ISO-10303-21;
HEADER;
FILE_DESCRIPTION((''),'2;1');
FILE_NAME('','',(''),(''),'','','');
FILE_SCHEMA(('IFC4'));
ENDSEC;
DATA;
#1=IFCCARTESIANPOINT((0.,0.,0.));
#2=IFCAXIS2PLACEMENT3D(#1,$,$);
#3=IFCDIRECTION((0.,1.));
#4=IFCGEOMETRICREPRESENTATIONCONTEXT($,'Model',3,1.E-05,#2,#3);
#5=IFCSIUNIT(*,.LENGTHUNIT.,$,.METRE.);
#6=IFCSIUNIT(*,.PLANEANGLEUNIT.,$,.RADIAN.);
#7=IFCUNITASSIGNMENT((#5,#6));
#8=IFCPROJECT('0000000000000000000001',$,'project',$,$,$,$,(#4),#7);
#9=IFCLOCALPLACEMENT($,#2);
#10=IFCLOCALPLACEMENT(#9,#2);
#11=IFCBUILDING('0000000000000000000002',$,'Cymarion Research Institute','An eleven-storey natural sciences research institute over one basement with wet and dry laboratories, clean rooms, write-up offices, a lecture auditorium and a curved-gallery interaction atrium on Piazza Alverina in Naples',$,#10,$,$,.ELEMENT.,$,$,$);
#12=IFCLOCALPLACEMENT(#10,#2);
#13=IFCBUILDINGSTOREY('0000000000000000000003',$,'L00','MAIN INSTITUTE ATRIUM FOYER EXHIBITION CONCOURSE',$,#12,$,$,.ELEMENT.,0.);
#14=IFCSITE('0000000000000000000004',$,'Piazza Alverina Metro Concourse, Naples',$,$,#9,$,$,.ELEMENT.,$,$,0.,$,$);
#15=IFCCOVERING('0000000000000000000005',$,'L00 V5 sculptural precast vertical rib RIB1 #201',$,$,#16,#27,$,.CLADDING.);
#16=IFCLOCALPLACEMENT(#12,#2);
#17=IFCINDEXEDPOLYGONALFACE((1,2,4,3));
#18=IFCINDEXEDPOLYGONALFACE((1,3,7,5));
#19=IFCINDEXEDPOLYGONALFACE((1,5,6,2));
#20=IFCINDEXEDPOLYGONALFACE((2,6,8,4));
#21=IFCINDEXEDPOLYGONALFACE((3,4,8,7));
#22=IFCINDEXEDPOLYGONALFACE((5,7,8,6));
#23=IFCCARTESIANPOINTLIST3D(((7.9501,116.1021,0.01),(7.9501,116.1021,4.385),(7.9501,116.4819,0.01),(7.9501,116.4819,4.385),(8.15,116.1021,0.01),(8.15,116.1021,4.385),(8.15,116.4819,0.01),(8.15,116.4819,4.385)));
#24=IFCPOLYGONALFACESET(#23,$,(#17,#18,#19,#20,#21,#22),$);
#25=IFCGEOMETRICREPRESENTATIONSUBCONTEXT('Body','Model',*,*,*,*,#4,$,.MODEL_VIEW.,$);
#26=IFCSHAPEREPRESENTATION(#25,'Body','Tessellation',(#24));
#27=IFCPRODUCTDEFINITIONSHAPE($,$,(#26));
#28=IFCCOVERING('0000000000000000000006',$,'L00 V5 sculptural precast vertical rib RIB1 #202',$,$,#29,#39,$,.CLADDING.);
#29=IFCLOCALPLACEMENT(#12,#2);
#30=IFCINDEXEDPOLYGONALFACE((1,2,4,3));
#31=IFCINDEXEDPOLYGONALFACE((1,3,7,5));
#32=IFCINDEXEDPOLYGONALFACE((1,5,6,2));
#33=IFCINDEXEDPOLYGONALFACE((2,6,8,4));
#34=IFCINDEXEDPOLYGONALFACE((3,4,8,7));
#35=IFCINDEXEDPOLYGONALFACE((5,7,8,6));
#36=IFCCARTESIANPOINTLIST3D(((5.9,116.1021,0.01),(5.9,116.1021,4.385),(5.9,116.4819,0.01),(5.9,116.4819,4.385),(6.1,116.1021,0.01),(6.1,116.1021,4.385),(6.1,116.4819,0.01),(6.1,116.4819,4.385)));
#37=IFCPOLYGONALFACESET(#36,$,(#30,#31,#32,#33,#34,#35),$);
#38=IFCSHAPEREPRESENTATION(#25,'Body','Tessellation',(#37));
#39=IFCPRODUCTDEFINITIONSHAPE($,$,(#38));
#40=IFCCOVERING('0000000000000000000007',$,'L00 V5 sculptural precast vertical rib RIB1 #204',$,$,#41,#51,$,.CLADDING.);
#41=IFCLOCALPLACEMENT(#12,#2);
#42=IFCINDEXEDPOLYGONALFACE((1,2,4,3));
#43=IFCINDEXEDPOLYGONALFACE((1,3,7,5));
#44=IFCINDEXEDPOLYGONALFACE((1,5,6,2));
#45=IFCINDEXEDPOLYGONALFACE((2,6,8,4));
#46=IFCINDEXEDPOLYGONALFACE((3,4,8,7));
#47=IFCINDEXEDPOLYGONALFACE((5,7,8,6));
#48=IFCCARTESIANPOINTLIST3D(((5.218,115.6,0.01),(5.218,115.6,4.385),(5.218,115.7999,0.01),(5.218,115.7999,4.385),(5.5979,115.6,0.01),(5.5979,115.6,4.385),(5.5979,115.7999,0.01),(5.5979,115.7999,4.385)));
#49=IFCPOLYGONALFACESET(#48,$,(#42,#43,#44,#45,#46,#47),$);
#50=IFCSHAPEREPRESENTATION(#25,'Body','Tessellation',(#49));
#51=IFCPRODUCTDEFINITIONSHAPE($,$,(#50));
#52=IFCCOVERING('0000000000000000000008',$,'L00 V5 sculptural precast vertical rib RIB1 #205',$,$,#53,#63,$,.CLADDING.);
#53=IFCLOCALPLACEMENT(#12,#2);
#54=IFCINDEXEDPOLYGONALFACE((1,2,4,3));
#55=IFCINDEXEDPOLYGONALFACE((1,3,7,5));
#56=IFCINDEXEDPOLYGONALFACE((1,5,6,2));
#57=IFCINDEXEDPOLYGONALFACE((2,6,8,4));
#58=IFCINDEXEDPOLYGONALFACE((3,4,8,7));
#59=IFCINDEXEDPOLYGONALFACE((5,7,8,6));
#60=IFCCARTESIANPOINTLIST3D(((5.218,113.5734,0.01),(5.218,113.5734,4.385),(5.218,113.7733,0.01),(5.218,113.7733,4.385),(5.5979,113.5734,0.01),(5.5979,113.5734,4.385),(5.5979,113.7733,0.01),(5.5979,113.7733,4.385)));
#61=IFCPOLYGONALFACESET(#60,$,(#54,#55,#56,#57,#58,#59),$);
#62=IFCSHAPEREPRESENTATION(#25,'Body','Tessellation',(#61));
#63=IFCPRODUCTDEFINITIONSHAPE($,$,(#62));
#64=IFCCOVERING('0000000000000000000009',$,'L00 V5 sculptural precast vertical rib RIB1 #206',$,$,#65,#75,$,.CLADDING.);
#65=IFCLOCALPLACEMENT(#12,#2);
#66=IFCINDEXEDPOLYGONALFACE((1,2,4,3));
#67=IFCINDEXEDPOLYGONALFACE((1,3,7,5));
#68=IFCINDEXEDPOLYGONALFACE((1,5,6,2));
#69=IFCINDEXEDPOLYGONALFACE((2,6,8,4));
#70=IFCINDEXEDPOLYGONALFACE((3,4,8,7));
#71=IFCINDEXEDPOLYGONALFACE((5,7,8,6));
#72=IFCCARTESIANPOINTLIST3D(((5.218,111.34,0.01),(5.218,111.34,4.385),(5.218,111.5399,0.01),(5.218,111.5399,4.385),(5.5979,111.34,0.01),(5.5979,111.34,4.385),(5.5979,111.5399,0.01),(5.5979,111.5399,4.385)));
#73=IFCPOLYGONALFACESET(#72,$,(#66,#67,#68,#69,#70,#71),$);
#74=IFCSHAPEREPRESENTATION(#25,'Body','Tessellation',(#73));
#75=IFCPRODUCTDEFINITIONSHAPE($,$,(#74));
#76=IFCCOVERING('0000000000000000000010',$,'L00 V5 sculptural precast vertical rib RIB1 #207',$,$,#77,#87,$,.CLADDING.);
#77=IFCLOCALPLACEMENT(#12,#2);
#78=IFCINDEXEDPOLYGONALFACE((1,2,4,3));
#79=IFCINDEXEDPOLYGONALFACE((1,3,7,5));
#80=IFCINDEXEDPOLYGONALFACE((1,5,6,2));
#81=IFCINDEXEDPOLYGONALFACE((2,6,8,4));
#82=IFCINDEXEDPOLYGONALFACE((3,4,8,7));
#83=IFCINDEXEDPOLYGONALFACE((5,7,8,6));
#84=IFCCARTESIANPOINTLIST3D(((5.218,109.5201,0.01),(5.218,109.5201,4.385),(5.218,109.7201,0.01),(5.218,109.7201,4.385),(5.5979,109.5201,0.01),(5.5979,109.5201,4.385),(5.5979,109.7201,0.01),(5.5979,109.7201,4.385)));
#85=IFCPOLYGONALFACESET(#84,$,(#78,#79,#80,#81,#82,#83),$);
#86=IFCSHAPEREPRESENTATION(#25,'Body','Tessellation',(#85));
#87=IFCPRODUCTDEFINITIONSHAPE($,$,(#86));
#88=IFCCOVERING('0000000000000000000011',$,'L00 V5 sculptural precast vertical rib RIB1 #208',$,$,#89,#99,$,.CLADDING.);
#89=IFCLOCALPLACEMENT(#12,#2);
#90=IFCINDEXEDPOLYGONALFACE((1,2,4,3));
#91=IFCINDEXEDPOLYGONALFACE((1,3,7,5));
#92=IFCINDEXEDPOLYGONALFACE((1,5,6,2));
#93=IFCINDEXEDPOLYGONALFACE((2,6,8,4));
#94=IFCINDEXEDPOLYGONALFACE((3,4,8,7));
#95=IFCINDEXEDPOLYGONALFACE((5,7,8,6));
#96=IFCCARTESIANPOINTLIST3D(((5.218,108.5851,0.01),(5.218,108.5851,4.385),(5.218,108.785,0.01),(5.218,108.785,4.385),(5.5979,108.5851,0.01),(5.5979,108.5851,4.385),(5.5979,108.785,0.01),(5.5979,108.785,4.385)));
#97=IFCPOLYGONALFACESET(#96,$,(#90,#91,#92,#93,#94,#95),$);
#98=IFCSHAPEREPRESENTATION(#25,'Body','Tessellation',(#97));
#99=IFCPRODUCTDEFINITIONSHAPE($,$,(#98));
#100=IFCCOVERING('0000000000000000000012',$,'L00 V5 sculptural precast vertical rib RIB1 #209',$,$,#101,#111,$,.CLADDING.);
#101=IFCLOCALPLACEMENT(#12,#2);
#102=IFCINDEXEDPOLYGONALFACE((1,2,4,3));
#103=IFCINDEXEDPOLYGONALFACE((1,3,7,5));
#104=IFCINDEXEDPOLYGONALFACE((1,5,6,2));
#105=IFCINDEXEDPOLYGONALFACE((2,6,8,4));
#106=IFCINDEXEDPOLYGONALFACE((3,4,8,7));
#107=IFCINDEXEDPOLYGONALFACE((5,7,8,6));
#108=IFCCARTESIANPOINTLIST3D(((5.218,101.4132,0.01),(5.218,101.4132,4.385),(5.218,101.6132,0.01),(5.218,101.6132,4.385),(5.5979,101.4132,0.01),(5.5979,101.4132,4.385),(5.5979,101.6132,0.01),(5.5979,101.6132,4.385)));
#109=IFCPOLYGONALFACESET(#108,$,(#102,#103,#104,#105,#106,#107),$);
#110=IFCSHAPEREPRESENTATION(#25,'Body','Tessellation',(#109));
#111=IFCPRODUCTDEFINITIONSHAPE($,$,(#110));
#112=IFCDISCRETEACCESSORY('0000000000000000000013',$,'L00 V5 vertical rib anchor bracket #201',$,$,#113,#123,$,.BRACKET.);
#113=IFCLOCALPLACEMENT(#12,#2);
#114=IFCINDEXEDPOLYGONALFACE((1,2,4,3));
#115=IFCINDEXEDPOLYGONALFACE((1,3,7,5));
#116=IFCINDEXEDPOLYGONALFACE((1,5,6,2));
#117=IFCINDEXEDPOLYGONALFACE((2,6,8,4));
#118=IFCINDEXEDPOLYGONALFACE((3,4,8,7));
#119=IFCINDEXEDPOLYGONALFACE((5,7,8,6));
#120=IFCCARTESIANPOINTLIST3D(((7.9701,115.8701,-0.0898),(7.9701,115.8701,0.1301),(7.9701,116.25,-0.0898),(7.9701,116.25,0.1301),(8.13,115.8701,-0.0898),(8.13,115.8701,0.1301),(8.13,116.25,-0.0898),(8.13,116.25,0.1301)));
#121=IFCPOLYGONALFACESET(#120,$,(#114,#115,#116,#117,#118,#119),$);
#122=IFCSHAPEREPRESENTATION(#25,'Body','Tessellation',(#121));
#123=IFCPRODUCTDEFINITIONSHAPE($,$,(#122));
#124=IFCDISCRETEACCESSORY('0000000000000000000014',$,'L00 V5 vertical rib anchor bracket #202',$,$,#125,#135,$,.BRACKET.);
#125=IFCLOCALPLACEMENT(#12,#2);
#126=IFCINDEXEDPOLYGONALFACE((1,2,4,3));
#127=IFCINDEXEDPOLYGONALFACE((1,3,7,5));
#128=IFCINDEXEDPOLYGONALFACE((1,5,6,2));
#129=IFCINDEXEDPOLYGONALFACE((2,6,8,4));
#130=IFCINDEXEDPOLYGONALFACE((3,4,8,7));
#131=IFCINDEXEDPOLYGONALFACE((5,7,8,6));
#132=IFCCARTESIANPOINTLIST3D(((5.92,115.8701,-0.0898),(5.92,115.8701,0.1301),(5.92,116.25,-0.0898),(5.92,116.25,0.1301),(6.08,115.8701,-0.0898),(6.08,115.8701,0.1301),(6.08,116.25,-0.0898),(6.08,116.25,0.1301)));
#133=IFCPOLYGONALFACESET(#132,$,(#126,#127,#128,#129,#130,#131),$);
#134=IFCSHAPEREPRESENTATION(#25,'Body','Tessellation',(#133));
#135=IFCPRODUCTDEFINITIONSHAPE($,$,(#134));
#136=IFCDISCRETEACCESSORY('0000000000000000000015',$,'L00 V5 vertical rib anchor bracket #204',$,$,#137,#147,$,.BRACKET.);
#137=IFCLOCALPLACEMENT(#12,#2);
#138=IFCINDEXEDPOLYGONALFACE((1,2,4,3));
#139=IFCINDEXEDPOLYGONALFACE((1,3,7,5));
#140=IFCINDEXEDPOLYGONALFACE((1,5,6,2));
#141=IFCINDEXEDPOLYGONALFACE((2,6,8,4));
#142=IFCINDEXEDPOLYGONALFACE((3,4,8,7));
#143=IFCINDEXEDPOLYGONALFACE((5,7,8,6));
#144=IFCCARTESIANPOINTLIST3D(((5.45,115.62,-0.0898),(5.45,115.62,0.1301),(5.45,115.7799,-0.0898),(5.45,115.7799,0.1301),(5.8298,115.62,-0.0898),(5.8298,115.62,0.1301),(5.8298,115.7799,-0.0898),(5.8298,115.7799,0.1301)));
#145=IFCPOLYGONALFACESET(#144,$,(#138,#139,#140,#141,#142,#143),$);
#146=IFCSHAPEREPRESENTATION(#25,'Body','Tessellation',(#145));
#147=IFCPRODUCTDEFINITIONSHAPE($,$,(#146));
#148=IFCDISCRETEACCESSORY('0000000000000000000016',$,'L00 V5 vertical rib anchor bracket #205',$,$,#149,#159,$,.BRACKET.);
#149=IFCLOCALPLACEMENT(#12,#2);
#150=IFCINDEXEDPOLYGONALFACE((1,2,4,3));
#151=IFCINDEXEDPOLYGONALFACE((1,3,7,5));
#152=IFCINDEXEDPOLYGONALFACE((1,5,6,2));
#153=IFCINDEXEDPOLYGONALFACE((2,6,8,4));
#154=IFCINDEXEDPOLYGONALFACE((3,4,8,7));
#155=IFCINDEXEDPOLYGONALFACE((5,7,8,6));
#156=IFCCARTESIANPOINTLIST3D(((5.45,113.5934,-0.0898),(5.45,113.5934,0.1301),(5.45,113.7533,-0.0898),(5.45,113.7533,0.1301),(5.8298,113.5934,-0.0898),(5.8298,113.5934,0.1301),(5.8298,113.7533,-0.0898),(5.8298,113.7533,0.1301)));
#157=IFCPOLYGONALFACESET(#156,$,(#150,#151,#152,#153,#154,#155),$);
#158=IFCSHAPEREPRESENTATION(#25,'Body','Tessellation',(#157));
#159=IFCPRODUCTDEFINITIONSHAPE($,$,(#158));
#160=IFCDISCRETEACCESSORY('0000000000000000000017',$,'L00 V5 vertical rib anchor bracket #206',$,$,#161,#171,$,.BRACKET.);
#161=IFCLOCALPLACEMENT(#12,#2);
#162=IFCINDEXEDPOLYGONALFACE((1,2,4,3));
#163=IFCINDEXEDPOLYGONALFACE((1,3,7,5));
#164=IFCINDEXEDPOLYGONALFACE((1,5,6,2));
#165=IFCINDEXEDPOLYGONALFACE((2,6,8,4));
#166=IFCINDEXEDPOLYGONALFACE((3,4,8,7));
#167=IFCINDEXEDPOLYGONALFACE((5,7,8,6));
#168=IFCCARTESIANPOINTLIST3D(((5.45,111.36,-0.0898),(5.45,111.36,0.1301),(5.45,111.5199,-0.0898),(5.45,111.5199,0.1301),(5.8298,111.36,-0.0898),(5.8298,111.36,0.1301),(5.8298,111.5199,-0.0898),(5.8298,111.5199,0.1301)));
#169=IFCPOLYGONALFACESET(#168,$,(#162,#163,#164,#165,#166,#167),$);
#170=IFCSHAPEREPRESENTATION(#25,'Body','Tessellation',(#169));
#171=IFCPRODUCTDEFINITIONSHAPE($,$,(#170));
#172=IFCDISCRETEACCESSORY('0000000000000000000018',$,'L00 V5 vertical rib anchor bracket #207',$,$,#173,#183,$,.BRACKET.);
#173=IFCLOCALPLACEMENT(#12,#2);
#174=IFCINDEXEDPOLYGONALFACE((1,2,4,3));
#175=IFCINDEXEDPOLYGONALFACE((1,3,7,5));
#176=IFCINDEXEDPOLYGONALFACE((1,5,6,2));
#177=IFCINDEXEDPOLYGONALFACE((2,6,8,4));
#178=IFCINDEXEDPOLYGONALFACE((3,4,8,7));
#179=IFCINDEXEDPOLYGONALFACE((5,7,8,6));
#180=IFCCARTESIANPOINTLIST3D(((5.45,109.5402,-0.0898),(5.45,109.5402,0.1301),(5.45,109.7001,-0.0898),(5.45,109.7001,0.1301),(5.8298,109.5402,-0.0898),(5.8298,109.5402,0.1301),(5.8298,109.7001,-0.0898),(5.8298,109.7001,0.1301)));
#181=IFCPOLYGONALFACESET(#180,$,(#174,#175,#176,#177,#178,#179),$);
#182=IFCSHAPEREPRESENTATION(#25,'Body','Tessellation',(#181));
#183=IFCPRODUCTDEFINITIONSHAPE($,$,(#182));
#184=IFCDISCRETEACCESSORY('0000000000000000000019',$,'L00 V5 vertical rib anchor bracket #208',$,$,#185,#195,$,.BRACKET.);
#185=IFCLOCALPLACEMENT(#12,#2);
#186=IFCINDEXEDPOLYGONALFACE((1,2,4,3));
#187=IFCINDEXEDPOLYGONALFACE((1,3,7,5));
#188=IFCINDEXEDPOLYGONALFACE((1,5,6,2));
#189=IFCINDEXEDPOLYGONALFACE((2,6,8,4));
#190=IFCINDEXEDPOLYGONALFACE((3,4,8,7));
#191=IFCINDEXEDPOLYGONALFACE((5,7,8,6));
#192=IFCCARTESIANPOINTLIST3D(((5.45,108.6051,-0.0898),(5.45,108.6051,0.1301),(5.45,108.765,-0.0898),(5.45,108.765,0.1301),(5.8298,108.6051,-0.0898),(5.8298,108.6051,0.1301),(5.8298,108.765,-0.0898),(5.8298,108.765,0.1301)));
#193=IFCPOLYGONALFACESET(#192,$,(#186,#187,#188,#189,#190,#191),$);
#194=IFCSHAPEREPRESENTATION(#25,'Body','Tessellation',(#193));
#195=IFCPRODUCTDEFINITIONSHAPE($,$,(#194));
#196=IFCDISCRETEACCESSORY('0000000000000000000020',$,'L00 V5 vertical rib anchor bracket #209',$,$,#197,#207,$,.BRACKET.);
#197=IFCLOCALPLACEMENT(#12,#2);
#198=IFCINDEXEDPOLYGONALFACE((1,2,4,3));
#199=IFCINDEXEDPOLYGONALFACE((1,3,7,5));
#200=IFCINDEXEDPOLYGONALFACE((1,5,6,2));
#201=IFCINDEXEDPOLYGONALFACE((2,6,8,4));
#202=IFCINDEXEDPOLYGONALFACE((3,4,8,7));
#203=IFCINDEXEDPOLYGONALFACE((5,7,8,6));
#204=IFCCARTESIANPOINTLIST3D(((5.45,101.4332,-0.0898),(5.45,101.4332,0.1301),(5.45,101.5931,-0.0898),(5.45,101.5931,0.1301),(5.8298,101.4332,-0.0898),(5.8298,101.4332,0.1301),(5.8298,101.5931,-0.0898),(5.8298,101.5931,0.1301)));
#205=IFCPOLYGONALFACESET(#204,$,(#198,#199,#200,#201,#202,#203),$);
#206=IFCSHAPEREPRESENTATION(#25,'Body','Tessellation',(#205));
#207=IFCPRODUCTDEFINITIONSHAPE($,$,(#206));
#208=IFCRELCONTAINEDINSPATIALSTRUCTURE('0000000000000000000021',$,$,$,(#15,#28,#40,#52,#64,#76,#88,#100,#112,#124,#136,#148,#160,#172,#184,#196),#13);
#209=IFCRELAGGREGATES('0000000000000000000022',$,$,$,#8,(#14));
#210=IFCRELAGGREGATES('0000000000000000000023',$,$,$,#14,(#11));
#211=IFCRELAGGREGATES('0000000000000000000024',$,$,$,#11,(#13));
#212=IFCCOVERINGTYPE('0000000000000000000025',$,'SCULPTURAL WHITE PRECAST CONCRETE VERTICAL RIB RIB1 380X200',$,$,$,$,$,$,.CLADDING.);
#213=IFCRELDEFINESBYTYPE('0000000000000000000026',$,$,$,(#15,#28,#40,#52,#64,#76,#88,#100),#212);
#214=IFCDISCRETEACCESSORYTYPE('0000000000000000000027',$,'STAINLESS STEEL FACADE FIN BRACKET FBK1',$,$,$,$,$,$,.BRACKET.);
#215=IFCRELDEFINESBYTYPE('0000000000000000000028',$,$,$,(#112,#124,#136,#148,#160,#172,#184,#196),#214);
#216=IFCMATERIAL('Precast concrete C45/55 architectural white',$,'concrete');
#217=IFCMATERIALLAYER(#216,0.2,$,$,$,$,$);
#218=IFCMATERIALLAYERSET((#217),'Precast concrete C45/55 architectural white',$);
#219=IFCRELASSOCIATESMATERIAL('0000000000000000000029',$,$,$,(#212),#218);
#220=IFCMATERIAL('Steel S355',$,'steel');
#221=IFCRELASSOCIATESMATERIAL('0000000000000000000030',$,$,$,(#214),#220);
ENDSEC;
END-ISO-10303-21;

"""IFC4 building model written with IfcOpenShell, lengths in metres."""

from ifc_helpers import new_model, si_unit, direction, frame, origin, origin_2d, place, context, subcontext, project, spatial, rectangle, extrude, material, layer, layer_set, type_object, element, save


model = new_model("IFC4")

# Units and contexts
model_context = context("Model", 3, precision=1e-05, world=origin(), true_north=direction((0.0, 1.0)))
body_context = subcontext(model_context, "Body", "Model", "MODEL_VIEW")
ifc_project = project(units=[si_unit("LENGTHUNIT", "METRE"), si_unit("PLANEANGLEUNIT", "RADIAN")], contexts=[model_context])

# Site, building, storey
site_placement = place(None, origin())
site = spatial("IfcSite", under=ifc_project, at=site_placement, Name="Piazza Alverina Metro Concourse, Naples", CompositionType="ELEMENT", RefElevation=0.0)
building_placement = place(site_placement, origin())
building = spatial("IfcBuilding", under=site, at=building_placement, Name="Cymarion Research Institute", Description="An eleven-storey natural sciences research institute over one basement with wet and dry laboratories, clean rooms, write-up offices, a lecture auditorium and a curved-gallery interaction atrium on Piazza Alverina in Naples", CompositionType="ELEMENT")
storey_placement = place(building_placement, origin())
storey = spatial("IfcBuildingStorey", under=building, at=storey_placement, Name="L00", Description="MAIN INSTITUTE ATRIUM FOYER EXHIBITION CONCOURSE", CompositionType="ELEMENT", Elevation=0.0)

# Shared definitions
ifc_material_1 = material(Name="Steel S355", Category="steel")

# Coverings
ifc_material_2 = material(Name="Precast concrete C45/55 architectural white", Category="concrete")
ifc_layer_1 = layer(ifc_material_2, 0.2)
ifc_layer_set_1 = layer_set([ifc_layer_1], Name="Precast concrete C45/55 architectural white")
covering_type = type_object("IfcCoveringType", Name="SCULPTURAL WHITE PRECAST CONCRETE VERTICAL RIB RIB1 380X200", PredefinedType="CLADDING", material=ifc_layer_set_1)
for number, where, z_axis, x_axis, name in (
    (1, (8.05, 116.292, 0.01), (0.0, 0.0, 1.0), (0.0, 1.0, 0.0), "L00 V5 sculptural precast vertical rib RIB1 #201"),
    (2, (6.0, 116.292, 0.01), (0.0, 0.0, 1.0), (0.0, 1.0, 0.0), "L00 V5 sculptural precast vertical rib RIB1 #202"),
    (3, (5.408, 115.7, 0.01), (0.0, 0.0, 1.0), (-1.0, 0.0, 0.0), "L00 V5 sculptural precast vertical rib RIB1 #204"),
    (4, (5.408, 113.6733, 0.01), (0.0, 0.0, 1.0), (-1.0, 0.0, 0.0), "L00 V5 sculptural precast vertical rib RIB1 #205"),
    (5, (5.408, 111.4399, 0.01), (0.0, 0.0, 1.0), (-1.0, 0.0, 0.0), "L00 V5 sculptural precast vertical rib RIB1 #206"),
    (6, (5.408, 109.6201, 0.01), (0.0, 0.0, 1.0), (-1.0, 0.0, 0.0), "L00 V5 sculptural precast vertical rib RIB1 #207"),
    (7, (5.408, 108.6851, 0.01), (0.0, 0.0, 1.0), (-1.0, 0.0, 0.0), "L00 V5 sculptural precast vertical rib RIB1 #208"),
    (8, (5.408, 101.5132, 0.01), (0.0, 0.0, 1.0), (-1.0, 0.0, 0.0), "L00 V5 sculptural precast vertical rib RIB1 #209"),
):
    element("IfcCovering", number, at=place(storey_placement, frame(where, z_axis=z_axis, x_axis=x_axis)), inside=storey, type_object=covering_type, Name=name, PredefinedType="CLADDING", context=body_context, shape_type="SweptSolid", body=[
        extrude(rectangle(XDim=0.3799, YDim=0.2, at=origin_2d()), origin(), (0.0, 0.0, 1.0), 4.375),
    ])

# Discrete accessories
discrete_accessory_type = type_object("IfcDiscreteAccessoryType", Name="STAINLESS STEEL FACADE FIN BRACKET FBK1", PredefinedType="BRACKET", material=ifc_material_1)
for number, where, z_axis, x_axis, name in (
    (9, (8.05, 116.0601, -0.0898), (0.0, 0.0, 1.0), (0.0, 1.0, 0.0), "L00 V5 vertical rib anchor bracket #201"),
    (10, (6.0, 116.0601, -0.0898), (0.0, 0.0, 1.0), (0.0, 1.0, 0.0), "L00 V5 vertical rib anchor bracket #202"),
    (11, (5.6399, 115.7, -0.0898), (0.0, 0.0, 1.0), (-1.0, 0.0, 0.0), "L00 V5 vertical rib anchor bracket #204"),
    (12, (5.6399, 113.6733, -0.0898), (0.0, 0.0, 1.0), (-1.0, 0.0, 0.0), "L00 V5 vertical rib anchor bracket #205"),
    (13, (5.6399, 111.4399, -0.0898), (0.0, 0.0, 1.0), (-1.0, 0.0, 0.0), "L00 V5 vertical rib anchor bracket #206"),
    (14, (5.6399, 109.6201, -0.0898), (0.0, 0.0, 1.0), (-1.0, 0.0, 0.0), "L00 V5 vertical rib anchor bracket #207"),
    (15, (5.6399, 108.6851, -0.0898), (0.0, 0.0, 1.0), (-1.0, 0.0, 0.0), "L00 V5 vertical rib anchor bracket #208"),
    (16, (5.6399, 101.5132, -0.0898), (0.0, 0.0, 1.0), (-1.0, 0.0, 0.0), "L00 V5 vertical rib anchor bracket #209"),
):
    element("IfcDiscreteAccessory", number, at=place(storey_placement, frame(where, z_axis=z_axis, x_axis=x_axis)), inside=storey, type_object=discrete_accessory_type, Name=name, PredefinedType="BRACKET", context=body_context, shape_type="SweptSolid", body=[
        extrude(rectangle(XDim=0.3799, YDim=0.1599, at=origin_2d()), origin(), (0.0, 0.0, 1.0), 0.22),
    ])

save(model, "model.ifc")
